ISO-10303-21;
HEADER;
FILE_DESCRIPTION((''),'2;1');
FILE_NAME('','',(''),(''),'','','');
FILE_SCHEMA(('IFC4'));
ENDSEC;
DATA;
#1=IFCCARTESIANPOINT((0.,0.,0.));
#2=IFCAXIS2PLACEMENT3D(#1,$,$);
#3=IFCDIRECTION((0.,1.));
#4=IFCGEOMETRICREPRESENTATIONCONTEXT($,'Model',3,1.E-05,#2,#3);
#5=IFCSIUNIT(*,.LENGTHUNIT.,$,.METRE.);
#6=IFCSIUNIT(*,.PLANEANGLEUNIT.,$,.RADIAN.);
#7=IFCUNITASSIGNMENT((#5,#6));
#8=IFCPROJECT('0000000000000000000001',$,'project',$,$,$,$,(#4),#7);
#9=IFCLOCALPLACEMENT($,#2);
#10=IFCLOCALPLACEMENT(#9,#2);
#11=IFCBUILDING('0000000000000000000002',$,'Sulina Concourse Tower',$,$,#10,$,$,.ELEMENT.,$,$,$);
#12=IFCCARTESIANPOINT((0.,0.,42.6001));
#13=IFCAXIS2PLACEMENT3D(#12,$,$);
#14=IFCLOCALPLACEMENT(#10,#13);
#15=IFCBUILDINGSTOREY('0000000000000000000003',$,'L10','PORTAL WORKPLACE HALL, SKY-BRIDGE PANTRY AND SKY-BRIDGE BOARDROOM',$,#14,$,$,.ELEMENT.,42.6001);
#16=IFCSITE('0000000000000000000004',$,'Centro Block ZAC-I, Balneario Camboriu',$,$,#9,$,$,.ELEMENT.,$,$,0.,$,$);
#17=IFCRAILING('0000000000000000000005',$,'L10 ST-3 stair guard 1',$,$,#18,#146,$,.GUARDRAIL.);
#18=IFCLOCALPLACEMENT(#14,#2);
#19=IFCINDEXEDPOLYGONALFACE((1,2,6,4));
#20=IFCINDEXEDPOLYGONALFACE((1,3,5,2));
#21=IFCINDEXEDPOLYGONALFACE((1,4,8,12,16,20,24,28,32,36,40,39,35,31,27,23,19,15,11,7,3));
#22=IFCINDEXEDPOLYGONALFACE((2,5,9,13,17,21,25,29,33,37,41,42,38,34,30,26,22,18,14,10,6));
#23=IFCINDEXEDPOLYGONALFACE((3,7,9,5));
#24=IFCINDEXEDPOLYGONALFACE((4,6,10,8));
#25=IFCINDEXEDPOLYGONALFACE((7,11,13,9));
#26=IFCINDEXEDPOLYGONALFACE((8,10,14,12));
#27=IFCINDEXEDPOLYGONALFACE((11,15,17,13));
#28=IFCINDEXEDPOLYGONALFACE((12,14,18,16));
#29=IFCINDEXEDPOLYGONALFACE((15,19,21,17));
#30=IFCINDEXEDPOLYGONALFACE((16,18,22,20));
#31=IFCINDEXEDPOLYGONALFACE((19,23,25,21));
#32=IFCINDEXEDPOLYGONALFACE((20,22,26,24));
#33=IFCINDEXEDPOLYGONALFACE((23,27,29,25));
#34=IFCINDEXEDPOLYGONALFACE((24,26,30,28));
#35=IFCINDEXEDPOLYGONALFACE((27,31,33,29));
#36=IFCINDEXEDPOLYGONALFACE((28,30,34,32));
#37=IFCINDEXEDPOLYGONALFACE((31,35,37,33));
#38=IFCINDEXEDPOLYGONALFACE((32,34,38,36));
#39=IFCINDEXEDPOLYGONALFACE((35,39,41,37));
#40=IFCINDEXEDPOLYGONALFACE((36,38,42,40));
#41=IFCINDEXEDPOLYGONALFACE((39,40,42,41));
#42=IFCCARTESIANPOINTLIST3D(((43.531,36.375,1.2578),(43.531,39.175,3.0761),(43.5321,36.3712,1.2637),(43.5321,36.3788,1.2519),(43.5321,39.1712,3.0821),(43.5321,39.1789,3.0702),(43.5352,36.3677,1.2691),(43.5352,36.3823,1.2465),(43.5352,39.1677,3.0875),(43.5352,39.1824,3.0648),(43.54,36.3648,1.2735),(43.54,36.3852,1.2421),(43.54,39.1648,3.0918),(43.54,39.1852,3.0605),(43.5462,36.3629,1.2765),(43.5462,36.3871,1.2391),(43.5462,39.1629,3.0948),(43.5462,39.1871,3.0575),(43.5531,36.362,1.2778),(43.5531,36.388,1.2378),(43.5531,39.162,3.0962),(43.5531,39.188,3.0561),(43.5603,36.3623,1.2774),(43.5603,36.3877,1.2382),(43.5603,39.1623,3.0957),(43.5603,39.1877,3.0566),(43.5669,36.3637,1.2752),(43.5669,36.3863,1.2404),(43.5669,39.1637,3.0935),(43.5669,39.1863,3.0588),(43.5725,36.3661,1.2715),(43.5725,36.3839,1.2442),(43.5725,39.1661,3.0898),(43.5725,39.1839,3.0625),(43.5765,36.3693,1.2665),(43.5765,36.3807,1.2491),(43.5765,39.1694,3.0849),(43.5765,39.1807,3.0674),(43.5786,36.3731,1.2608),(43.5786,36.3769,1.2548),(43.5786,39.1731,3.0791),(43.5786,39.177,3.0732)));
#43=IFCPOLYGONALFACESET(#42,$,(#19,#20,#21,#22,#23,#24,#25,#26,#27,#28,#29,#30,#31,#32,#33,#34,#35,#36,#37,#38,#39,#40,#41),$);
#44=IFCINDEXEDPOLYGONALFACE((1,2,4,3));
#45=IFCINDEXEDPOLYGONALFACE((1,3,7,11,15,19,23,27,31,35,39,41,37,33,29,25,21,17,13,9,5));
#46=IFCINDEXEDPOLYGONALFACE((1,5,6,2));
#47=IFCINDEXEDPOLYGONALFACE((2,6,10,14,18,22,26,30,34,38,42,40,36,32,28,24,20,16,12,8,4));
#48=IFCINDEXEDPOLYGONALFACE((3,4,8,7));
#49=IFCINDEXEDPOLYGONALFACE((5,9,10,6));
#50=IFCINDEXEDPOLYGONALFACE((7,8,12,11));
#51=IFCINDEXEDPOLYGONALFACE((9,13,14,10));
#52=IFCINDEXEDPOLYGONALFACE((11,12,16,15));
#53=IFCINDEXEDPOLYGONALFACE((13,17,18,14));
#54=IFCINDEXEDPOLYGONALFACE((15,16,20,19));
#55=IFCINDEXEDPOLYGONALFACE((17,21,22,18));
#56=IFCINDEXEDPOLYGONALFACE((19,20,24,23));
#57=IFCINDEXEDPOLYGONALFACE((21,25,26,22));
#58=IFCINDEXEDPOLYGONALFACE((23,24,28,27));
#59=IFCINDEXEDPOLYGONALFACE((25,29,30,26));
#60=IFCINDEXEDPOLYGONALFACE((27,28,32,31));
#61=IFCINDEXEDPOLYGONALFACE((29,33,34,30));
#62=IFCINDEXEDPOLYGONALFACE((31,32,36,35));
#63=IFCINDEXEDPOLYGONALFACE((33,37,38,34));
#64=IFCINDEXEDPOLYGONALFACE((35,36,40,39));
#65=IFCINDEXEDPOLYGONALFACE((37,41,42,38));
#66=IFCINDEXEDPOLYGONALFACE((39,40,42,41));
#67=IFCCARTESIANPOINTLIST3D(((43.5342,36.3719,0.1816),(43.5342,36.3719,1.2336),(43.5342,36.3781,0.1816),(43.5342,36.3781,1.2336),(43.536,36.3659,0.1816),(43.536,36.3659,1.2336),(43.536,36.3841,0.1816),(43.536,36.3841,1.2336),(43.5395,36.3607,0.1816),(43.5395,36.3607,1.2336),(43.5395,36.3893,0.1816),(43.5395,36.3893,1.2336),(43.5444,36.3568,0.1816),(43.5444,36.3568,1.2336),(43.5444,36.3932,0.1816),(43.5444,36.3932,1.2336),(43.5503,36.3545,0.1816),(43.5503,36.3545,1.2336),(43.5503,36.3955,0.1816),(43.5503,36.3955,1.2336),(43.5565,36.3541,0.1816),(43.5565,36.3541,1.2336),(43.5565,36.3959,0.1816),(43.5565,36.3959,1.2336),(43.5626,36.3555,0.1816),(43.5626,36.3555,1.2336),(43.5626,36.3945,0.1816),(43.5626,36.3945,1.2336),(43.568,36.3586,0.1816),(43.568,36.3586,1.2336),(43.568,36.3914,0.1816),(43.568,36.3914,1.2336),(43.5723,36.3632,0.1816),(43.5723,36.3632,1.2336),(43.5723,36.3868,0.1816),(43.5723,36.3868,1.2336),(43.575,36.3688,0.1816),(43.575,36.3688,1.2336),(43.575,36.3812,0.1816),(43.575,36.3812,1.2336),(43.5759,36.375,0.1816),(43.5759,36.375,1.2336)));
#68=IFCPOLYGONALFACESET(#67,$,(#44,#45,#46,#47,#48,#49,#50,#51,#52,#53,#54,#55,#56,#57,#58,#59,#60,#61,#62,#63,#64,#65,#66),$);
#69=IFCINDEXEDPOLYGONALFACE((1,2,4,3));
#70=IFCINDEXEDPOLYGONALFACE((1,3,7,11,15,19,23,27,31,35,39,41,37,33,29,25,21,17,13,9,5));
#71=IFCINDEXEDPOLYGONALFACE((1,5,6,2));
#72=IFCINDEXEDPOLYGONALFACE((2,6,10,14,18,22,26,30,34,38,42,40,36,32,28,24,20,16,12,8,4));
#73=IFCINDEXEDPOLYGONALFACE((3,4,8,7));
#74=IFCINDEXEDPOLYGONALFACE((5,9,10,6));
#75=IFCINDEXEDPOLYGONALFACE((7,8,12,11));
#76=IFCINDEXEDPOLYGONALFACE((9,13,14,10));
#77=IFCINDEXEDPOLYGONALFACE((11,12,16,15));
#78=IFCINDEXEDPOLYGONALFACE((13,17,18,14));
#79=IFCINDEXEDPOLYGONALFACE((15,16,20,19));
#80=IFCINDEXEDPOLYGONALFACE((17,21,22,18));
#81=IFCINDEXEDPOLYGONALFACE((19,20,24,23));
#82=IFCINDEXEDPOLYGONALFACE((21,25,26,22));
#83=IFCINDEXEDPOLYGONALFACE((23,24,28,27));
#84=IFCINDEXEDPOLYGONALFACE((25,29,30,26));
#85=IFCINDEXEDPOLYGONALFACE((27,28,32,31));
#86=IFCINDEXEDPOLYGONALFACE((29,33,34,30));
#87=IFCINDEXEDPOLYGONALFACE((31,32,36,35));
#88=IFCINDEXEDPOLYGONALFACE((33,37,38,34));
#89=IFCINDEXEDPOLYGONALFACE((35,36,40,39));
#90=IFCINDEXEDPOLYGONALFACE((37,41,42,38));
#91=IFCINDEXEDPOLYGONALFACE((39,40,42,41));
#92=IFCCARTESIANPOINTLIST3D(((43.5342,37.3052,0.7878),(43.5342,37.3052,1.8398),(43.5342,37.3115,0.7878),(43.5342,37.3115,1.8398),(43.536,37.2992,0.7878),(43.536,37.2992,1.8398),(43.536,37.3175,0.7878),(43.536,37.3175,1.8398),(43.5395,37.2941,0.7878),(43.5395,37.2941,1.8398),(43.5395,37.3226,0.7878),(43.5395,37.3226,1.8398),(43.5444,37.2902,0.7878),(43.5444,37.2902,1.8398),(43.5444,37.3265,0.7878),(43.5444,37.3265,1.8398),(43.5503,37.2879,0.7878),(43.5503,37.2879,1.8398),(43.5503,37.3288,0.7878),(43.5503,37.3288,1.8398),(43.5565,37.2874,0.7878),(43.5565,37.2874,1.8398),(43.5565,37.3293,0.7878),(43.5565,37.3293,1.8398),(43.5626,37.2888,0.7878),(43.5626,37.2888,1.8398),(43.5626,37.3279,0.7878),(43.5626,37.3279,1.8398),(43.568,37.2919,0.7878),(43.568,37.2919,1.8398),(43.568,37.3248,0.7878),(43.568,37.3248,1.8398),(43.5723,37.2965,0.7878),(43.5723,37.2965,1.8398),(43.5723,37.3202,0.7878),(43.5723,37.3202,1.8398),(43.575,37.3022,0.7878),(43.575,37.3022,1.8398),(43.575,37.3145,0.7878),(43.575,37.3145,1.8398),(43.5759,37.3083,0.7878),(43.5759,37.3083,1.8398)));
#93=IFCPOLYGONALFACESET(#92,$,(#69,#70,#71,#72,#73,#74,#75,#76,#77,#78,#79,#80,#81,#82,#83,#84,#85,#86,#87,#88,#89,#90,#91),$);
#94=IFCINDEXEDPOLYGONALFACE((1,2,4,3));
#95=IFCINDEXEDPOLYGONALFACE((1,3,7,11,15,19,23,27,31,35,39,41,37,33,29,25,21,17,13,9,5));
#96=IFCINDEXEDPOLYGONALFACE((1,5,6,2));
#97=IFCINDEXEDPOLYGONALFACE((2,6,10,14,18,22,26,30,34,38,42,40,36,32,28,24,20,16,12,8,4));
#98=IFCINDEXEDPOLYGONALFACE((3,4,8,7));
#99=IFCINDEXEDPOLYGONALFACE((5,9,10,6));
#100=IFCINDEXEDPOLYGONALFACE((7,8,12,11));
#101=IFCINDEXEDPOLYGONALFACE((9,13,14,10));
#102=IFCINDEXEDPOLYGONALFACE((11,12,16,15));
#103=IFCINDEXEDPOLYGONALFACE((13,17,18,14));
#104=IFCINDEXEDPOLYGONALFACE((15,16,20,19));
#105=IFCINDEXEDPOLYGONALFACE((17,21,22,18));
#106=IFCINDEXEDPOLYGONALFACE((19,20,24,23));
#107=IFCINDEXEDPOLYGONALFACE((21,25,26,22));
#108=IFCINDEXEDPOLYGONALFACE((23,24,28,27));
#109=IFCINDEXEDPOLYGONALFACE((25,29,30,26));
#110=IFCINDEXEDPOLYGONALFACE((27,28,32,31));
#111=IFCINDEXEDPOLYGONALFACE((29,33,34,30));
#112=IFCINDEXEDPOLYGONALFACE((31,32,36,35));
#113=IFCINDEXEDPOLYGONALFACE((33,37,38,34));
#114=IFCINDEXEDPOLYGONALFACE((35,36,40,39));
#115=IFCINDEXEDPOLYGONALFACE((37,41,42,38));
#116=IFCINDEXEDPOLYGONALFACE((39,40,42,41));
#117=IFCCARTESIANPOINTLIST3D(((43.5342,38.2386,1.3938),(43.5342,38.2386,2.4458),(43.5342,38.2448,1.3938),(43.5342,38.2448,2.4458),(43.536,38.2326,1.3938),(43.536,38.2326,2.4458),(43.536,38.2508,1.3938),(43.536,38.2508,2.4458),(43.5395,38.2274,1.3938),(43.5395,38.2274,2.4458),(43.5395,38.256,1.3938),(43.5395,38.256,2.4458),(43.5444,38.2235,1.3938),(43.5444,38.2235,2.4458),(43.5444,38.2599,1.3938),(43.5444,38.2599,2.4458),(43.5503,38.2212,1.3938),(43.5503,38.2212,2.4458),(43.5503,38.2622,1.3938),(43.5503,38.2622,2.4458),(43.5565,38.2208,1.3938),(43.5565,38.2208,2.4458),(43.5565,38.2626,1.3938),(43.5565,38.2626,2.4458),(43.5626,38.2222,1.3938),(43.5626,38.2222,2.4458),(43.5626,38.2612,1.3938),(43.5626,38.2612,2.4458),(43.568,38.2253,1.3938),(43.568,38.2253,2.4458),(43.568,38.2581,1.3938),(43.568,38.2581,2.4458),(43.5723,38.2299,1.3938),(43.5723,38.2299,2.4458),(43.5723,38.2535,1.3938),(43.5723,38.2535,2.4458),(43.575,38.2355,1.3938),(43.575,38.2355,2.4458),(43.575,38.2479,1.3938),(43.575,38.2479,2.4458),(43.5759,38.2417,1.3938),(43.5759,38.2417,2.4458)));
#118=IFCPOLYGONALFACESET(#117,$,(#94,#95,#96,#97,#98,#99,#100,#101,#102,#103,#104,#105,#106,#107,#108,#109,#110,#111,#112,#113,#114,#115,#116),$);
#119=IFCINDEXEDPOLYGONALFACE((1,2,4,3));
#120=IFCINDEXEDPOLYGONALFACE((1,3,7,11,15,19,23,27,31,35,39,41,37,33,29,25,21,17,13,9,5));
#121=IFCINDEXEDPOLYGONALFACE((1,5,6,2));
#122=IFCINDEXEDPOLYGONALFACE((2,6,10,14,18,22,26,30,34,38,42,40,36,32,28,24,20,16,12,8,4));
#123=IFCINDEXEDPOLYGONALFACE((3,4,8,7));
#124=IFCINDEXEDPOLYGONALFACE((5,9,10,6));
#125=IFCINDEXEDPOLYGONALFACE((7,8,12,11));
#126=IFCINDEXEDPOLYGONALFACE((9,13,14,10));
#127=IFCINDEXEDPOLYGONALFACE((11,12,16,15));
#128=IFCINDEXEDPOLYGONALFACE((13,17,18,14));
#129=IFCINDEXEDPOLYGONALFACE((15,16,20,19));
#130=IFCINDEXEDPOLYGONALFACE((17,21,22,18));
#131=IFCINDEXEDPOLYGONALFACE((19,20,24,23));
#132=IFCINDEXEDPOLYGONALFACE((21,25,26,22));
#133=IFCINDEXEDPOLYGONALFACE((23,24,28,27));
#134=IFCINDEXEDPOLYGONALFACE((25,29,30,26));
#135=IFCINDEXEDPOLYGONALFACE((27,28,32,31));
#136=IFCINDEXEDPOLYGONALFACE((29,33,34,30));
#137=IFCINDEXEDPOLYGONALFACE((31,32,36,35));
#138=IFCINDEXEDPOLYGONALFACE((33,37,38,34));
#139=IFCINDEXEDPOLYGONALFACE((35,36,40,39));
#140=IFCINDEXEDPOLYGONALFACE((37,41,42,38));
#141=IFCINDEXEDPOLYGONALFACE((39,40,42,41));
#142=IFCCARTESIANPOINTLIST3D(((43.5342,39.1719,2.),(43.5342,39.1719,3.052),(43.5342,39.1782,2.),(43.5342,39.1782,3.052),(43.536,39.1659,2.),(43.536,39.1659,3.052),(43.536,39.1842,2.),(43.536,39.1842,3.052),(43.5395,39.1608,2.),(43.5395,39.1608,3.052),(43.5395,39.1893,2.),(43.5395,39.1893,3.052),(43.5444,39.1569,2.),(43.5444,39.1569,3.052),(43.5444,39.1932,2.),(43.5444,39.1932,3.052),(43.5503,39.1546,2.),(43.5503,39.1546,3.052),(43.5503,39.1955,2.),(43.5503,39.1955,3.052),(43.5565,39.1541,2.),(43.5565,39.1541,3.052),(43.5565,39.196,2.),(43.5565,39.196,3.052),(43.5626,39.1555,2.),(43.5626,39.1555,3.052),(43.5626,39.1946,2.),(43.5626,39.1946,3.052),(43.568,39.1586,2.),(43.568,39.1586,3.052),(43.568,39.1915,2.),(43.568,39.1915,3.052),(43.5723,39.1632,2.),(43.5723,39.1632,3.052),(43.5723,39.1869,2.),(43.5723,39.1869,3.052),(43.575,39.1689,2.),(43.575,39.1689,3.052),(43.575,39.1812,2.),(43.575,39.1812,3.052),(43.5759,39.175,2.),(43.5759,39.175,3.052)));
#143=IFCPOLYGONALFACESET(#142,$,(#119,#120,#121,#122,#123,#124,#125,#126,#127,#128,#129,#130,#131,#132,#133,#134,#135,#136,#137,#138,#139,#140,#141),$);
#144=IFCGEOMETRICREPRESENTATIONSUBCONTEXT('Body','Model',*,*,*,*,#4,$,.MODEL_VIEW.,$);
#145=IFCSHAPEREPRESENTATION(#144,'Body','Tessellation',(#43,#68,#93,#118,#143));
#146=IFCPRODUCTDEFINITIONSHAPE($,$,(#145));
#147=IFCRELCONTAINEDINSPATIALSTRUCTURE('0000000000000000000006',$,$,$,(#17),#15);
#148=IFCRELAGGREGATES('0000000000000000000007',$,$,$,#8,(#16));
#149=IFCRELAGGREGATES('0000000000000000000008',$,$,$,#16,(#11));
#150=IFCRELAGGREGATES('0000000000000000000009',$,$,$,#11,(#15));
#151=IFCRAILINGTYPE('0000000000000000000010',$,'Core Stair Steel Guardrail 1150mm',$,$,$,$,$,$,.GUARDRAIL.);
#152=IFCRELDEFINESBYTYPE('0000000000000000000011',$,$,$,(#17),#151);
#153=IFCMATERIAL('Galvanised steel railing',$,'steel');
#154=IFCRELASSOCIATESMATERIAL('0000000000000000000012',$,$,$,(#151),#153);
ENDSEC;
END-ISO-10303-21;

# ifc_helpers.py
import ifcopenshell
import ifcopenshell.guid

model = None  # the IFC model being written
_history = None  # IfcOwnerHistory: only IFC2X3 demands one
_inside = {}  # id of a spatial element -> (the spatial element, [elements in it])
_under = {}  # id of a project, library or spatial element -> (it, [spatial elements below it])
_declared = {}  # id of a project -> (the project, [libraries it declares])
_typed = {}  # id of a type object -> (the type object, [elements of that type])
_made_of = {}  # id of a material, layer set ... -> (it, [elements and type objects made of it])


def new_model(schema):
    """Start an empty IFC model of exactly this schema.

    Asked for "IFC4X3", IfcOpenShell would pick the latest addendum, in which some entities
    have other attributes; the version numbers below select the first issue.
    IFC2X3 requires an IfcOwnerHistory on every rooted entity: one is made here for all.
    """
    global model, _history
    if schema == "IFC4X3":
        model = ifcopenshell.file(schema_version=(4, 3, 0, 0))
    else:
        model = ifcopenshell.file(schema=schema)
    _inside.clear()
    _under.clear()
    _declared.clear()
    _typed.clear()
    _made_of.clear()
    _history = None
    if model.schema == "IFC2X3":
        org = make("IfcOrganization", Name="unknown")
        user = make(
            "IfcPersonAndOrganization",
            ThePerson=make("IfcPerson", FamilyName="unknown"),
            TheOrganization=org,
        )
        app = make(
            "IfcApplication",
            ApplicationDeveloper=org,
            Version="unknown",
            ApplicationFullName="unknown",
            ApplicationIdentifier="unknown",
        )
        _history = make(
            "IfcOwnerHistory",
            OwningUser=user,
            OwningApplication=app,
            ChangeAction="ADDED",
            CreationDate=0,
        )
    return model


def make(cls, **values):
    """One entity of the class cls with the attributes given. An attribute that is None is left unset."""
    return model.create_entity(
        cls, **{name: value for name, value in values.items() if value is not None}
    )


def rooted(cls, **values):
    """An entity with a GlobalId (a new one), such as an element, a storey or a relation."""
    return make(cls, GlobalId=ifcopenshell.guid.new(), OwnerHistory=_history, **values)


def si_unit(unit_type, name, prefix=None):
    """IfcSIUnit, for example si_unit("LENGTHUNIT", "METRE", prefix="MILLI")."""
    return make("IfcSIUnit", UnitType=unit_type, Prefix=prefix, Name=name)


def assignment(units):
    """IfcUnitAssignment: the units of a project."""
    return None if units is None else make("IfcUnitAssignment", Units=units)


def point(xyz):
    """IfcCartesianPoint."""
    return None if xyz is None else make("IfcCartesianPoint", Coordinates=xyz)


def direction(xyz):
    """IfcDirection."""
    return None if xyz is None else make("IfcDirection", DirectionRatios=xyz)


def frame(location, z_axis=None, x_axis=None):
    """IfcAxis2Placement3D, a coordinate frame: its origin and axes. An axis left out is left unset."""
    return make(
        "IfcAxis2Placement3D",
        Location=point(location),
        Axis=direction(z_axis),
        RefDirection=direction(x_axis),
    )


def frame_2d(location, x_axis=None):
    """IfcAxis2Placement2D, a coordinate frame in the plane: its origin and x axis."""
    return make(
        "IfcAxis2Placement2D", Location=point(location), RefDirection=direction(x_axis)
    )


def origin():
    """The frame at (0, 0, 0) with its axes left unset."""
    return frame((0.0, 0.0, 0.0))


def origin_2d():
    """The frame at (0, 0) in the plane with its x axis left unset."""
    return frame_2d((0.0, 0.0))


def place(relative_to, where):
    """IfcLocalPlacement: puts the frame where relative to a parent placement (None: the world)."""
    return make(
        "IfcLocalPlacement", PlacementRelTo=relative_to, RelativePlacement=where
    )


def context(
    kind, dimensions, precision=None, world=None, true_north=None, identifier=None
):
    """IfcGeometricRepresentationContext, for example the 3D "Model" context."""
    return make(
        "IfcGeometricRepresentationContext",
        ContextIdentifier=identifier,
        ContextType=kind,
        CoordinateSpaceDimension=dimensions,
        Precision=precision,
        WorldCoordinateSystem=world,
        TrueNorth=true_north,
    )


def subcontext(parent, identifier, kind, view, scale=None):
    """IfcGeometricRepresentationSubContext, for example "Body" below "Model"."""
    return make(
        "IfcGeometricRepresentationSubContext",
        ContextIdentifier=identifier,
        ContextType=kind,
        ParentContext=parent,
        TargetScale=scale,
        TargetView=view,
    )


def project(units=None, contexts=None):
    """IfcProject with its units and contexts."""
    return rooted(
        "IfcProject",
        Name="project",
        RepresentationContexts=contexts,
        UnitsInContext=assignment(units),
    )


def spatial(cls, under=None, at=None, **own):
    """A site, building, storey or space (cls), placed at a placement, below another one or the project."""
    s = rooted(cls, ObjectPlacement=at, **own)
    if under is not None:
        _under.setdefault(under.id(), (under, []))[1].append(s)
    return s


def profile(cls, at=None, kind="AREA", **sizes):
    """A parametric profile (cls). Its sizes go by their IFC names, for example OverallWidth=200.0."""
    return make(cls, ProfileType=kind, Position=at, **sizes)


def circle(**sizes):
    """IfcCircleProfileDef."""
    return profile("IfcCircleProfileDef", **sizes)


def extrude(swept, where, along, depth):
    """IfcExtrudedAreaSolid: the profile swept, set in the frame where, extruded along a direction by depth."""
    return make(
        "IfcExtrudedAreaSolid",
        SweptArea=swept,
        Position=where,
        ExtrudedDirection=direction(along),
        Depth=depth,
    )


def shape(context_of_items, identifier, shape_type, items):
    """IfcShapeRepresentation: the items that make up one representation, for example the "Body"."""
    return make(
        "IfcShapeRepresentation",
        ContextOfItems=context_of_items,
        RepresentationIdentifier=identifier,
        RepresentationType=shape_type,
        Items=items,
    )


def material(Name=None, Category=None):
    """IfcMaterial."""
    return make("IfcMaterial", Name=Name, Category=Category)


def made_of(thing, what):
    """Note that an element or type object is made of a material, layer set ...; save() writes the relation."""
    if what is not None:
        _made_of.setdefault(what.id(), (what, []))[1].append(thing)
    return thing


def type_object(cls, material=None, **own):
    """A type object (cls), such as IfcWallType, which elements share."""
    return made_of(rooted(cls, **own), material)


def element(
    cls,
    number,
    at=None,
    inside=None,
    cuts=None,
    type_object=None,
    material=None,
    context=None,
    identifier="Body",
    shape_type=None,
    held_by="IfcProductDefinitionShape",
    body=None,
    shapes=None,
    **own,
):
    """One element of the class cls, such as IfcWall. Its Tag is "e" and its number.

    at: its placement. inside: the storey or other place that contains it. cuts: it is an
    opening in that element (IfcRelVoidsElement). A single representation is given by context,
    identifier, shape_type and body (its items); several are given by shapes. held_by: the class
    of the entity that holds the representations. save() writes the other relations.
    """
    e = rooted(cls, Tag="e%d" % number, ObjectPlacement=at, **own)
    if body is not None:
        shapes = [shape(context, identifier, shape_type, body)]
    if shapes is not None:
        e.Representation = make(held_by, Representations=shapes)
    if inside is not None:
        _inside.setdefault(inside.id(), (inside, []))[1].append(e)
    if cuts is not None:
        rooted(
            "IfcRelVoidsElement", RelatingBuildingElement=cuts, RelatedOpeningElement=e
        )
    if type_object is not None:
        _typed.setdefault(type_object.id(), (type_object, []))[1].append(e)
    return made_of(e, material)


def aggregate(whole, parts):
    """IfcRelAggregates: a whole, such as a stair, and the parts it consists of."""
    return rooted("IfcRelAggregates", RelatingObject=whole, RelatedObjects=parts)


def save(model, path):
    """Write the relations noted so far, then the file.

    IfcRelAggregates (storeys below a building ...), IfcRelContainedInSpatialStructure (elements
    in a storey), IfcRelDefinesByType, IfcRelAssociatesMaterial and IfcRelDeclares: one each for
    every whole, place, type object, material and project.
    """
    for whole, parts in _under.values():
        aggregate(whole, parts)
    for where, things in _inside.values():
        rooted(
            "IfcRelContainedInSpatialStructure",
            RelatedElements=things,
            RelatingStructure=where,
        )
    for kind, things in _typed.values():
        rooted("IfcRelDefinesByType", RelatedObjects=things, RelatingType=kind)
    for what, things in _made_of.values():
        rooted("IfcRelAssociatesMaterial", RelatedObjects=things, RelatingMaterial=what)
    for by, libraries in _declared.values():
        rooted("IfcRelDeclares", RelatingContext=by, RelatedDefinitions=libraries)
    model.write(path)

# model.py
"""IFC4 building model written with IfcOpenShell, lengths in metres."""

from ifc_helpers import new_model, si_unit, direction, frame, origin, origin_2d, place, context, subcontext, project, spatial, circle, extrude, material, type_object, element, save


model = new_model("IFC4")

# Units and contexts
model_context = context("Model", 3, precision=1e-05, world=origin(), true_north=direction((0.0, 1.0)))
body_context = subcontext(model_context, "Body", "Model", "MODEL_VIEW")
ifc_project = project(units=[si_unit("LENGTHUNIT", "METRE"), si_unit("PLANEANGLEUNIT", "RADIAN")], contexts=[model_context])

# Site, building, storey
site_placement = place(None, origin())
site = spatial("IfcSite", under=ifc_project, at=site_placement, Name="Centro Block ZAC-I, Balneario Camboriu", CompositionType="ELEMENT", RefElevation=0.0)
building_placement = place(site_placement, origin())
building = spatial("IfcBuilding", under=site, at=building_placement, Name="Sulina Concourse Tower", CompositionType="ELEMENT")
storey_placement = place(building_placement, frame((0.0, 0.0, 42.6001)))
storey = spatial("IfcBuildingStorey", under=building, at=storey_placement, Name="L10", Description="PORTAL WORKPLACE HALL, SKY-BRIDGE PANTRY AND SKY-BRIDGE BOARDROOM", CompositionType="ELEMENT", Elevation=42.6001)

# Railing
ifc_material_1 = material(Name="Galvanised steel railing", Category="steel")
railing_type_1 = type_object("IfcRailingType", Name="Core Stair Steel Guardrail 1150mm", PredefinedType="GUARDRAIL", material=ifc_material_1)
railing_1_placement = place(storey_placement, frame((43.5549, 36.375, 0.1816)))
element("IfcRailing", 1, at=railing_1_placement, inside=storey, type_object=railing_type_1, Name="L10 ST-3 stair guard 1", PredefinedType="GUARDRAIL", context=body_context, shape_type="SweptSolid", body=[
    extrude(circle(Radius=0.0239, at=origin_2d()), frame((0.0, 0.0, 1.0762), z_axis=(0.0, 0.838672, 0.544636), x_axis=(-1.0, 0.0, 0.0)), (0.0, 0.0, 1.0), 3.3386),
    extrude(circle(Radius=0.021, at=origin_2d()), origin(), (0.0, 0.0, 1.0), 1.052),
    extrude(circle(Radius=0.021, at=origin_2d()), frame((0.0, 0.9333, 0.6062)), (0.0, 0.0, 1.0), 1.052),
    extrude(circle(Radius=0.021, at=origin_2d()), frame((0.0, 1.8667, 1.2122)), (0.0, 0.0, 1.0), 1.052),
    extrude(circle(Radius=0.021, at=origin_2d()), frame((0.0, 2.8, 1.8184)), (0.0, 0.0, 1.0), 1.052),
])

save(model, "model.ifc")
